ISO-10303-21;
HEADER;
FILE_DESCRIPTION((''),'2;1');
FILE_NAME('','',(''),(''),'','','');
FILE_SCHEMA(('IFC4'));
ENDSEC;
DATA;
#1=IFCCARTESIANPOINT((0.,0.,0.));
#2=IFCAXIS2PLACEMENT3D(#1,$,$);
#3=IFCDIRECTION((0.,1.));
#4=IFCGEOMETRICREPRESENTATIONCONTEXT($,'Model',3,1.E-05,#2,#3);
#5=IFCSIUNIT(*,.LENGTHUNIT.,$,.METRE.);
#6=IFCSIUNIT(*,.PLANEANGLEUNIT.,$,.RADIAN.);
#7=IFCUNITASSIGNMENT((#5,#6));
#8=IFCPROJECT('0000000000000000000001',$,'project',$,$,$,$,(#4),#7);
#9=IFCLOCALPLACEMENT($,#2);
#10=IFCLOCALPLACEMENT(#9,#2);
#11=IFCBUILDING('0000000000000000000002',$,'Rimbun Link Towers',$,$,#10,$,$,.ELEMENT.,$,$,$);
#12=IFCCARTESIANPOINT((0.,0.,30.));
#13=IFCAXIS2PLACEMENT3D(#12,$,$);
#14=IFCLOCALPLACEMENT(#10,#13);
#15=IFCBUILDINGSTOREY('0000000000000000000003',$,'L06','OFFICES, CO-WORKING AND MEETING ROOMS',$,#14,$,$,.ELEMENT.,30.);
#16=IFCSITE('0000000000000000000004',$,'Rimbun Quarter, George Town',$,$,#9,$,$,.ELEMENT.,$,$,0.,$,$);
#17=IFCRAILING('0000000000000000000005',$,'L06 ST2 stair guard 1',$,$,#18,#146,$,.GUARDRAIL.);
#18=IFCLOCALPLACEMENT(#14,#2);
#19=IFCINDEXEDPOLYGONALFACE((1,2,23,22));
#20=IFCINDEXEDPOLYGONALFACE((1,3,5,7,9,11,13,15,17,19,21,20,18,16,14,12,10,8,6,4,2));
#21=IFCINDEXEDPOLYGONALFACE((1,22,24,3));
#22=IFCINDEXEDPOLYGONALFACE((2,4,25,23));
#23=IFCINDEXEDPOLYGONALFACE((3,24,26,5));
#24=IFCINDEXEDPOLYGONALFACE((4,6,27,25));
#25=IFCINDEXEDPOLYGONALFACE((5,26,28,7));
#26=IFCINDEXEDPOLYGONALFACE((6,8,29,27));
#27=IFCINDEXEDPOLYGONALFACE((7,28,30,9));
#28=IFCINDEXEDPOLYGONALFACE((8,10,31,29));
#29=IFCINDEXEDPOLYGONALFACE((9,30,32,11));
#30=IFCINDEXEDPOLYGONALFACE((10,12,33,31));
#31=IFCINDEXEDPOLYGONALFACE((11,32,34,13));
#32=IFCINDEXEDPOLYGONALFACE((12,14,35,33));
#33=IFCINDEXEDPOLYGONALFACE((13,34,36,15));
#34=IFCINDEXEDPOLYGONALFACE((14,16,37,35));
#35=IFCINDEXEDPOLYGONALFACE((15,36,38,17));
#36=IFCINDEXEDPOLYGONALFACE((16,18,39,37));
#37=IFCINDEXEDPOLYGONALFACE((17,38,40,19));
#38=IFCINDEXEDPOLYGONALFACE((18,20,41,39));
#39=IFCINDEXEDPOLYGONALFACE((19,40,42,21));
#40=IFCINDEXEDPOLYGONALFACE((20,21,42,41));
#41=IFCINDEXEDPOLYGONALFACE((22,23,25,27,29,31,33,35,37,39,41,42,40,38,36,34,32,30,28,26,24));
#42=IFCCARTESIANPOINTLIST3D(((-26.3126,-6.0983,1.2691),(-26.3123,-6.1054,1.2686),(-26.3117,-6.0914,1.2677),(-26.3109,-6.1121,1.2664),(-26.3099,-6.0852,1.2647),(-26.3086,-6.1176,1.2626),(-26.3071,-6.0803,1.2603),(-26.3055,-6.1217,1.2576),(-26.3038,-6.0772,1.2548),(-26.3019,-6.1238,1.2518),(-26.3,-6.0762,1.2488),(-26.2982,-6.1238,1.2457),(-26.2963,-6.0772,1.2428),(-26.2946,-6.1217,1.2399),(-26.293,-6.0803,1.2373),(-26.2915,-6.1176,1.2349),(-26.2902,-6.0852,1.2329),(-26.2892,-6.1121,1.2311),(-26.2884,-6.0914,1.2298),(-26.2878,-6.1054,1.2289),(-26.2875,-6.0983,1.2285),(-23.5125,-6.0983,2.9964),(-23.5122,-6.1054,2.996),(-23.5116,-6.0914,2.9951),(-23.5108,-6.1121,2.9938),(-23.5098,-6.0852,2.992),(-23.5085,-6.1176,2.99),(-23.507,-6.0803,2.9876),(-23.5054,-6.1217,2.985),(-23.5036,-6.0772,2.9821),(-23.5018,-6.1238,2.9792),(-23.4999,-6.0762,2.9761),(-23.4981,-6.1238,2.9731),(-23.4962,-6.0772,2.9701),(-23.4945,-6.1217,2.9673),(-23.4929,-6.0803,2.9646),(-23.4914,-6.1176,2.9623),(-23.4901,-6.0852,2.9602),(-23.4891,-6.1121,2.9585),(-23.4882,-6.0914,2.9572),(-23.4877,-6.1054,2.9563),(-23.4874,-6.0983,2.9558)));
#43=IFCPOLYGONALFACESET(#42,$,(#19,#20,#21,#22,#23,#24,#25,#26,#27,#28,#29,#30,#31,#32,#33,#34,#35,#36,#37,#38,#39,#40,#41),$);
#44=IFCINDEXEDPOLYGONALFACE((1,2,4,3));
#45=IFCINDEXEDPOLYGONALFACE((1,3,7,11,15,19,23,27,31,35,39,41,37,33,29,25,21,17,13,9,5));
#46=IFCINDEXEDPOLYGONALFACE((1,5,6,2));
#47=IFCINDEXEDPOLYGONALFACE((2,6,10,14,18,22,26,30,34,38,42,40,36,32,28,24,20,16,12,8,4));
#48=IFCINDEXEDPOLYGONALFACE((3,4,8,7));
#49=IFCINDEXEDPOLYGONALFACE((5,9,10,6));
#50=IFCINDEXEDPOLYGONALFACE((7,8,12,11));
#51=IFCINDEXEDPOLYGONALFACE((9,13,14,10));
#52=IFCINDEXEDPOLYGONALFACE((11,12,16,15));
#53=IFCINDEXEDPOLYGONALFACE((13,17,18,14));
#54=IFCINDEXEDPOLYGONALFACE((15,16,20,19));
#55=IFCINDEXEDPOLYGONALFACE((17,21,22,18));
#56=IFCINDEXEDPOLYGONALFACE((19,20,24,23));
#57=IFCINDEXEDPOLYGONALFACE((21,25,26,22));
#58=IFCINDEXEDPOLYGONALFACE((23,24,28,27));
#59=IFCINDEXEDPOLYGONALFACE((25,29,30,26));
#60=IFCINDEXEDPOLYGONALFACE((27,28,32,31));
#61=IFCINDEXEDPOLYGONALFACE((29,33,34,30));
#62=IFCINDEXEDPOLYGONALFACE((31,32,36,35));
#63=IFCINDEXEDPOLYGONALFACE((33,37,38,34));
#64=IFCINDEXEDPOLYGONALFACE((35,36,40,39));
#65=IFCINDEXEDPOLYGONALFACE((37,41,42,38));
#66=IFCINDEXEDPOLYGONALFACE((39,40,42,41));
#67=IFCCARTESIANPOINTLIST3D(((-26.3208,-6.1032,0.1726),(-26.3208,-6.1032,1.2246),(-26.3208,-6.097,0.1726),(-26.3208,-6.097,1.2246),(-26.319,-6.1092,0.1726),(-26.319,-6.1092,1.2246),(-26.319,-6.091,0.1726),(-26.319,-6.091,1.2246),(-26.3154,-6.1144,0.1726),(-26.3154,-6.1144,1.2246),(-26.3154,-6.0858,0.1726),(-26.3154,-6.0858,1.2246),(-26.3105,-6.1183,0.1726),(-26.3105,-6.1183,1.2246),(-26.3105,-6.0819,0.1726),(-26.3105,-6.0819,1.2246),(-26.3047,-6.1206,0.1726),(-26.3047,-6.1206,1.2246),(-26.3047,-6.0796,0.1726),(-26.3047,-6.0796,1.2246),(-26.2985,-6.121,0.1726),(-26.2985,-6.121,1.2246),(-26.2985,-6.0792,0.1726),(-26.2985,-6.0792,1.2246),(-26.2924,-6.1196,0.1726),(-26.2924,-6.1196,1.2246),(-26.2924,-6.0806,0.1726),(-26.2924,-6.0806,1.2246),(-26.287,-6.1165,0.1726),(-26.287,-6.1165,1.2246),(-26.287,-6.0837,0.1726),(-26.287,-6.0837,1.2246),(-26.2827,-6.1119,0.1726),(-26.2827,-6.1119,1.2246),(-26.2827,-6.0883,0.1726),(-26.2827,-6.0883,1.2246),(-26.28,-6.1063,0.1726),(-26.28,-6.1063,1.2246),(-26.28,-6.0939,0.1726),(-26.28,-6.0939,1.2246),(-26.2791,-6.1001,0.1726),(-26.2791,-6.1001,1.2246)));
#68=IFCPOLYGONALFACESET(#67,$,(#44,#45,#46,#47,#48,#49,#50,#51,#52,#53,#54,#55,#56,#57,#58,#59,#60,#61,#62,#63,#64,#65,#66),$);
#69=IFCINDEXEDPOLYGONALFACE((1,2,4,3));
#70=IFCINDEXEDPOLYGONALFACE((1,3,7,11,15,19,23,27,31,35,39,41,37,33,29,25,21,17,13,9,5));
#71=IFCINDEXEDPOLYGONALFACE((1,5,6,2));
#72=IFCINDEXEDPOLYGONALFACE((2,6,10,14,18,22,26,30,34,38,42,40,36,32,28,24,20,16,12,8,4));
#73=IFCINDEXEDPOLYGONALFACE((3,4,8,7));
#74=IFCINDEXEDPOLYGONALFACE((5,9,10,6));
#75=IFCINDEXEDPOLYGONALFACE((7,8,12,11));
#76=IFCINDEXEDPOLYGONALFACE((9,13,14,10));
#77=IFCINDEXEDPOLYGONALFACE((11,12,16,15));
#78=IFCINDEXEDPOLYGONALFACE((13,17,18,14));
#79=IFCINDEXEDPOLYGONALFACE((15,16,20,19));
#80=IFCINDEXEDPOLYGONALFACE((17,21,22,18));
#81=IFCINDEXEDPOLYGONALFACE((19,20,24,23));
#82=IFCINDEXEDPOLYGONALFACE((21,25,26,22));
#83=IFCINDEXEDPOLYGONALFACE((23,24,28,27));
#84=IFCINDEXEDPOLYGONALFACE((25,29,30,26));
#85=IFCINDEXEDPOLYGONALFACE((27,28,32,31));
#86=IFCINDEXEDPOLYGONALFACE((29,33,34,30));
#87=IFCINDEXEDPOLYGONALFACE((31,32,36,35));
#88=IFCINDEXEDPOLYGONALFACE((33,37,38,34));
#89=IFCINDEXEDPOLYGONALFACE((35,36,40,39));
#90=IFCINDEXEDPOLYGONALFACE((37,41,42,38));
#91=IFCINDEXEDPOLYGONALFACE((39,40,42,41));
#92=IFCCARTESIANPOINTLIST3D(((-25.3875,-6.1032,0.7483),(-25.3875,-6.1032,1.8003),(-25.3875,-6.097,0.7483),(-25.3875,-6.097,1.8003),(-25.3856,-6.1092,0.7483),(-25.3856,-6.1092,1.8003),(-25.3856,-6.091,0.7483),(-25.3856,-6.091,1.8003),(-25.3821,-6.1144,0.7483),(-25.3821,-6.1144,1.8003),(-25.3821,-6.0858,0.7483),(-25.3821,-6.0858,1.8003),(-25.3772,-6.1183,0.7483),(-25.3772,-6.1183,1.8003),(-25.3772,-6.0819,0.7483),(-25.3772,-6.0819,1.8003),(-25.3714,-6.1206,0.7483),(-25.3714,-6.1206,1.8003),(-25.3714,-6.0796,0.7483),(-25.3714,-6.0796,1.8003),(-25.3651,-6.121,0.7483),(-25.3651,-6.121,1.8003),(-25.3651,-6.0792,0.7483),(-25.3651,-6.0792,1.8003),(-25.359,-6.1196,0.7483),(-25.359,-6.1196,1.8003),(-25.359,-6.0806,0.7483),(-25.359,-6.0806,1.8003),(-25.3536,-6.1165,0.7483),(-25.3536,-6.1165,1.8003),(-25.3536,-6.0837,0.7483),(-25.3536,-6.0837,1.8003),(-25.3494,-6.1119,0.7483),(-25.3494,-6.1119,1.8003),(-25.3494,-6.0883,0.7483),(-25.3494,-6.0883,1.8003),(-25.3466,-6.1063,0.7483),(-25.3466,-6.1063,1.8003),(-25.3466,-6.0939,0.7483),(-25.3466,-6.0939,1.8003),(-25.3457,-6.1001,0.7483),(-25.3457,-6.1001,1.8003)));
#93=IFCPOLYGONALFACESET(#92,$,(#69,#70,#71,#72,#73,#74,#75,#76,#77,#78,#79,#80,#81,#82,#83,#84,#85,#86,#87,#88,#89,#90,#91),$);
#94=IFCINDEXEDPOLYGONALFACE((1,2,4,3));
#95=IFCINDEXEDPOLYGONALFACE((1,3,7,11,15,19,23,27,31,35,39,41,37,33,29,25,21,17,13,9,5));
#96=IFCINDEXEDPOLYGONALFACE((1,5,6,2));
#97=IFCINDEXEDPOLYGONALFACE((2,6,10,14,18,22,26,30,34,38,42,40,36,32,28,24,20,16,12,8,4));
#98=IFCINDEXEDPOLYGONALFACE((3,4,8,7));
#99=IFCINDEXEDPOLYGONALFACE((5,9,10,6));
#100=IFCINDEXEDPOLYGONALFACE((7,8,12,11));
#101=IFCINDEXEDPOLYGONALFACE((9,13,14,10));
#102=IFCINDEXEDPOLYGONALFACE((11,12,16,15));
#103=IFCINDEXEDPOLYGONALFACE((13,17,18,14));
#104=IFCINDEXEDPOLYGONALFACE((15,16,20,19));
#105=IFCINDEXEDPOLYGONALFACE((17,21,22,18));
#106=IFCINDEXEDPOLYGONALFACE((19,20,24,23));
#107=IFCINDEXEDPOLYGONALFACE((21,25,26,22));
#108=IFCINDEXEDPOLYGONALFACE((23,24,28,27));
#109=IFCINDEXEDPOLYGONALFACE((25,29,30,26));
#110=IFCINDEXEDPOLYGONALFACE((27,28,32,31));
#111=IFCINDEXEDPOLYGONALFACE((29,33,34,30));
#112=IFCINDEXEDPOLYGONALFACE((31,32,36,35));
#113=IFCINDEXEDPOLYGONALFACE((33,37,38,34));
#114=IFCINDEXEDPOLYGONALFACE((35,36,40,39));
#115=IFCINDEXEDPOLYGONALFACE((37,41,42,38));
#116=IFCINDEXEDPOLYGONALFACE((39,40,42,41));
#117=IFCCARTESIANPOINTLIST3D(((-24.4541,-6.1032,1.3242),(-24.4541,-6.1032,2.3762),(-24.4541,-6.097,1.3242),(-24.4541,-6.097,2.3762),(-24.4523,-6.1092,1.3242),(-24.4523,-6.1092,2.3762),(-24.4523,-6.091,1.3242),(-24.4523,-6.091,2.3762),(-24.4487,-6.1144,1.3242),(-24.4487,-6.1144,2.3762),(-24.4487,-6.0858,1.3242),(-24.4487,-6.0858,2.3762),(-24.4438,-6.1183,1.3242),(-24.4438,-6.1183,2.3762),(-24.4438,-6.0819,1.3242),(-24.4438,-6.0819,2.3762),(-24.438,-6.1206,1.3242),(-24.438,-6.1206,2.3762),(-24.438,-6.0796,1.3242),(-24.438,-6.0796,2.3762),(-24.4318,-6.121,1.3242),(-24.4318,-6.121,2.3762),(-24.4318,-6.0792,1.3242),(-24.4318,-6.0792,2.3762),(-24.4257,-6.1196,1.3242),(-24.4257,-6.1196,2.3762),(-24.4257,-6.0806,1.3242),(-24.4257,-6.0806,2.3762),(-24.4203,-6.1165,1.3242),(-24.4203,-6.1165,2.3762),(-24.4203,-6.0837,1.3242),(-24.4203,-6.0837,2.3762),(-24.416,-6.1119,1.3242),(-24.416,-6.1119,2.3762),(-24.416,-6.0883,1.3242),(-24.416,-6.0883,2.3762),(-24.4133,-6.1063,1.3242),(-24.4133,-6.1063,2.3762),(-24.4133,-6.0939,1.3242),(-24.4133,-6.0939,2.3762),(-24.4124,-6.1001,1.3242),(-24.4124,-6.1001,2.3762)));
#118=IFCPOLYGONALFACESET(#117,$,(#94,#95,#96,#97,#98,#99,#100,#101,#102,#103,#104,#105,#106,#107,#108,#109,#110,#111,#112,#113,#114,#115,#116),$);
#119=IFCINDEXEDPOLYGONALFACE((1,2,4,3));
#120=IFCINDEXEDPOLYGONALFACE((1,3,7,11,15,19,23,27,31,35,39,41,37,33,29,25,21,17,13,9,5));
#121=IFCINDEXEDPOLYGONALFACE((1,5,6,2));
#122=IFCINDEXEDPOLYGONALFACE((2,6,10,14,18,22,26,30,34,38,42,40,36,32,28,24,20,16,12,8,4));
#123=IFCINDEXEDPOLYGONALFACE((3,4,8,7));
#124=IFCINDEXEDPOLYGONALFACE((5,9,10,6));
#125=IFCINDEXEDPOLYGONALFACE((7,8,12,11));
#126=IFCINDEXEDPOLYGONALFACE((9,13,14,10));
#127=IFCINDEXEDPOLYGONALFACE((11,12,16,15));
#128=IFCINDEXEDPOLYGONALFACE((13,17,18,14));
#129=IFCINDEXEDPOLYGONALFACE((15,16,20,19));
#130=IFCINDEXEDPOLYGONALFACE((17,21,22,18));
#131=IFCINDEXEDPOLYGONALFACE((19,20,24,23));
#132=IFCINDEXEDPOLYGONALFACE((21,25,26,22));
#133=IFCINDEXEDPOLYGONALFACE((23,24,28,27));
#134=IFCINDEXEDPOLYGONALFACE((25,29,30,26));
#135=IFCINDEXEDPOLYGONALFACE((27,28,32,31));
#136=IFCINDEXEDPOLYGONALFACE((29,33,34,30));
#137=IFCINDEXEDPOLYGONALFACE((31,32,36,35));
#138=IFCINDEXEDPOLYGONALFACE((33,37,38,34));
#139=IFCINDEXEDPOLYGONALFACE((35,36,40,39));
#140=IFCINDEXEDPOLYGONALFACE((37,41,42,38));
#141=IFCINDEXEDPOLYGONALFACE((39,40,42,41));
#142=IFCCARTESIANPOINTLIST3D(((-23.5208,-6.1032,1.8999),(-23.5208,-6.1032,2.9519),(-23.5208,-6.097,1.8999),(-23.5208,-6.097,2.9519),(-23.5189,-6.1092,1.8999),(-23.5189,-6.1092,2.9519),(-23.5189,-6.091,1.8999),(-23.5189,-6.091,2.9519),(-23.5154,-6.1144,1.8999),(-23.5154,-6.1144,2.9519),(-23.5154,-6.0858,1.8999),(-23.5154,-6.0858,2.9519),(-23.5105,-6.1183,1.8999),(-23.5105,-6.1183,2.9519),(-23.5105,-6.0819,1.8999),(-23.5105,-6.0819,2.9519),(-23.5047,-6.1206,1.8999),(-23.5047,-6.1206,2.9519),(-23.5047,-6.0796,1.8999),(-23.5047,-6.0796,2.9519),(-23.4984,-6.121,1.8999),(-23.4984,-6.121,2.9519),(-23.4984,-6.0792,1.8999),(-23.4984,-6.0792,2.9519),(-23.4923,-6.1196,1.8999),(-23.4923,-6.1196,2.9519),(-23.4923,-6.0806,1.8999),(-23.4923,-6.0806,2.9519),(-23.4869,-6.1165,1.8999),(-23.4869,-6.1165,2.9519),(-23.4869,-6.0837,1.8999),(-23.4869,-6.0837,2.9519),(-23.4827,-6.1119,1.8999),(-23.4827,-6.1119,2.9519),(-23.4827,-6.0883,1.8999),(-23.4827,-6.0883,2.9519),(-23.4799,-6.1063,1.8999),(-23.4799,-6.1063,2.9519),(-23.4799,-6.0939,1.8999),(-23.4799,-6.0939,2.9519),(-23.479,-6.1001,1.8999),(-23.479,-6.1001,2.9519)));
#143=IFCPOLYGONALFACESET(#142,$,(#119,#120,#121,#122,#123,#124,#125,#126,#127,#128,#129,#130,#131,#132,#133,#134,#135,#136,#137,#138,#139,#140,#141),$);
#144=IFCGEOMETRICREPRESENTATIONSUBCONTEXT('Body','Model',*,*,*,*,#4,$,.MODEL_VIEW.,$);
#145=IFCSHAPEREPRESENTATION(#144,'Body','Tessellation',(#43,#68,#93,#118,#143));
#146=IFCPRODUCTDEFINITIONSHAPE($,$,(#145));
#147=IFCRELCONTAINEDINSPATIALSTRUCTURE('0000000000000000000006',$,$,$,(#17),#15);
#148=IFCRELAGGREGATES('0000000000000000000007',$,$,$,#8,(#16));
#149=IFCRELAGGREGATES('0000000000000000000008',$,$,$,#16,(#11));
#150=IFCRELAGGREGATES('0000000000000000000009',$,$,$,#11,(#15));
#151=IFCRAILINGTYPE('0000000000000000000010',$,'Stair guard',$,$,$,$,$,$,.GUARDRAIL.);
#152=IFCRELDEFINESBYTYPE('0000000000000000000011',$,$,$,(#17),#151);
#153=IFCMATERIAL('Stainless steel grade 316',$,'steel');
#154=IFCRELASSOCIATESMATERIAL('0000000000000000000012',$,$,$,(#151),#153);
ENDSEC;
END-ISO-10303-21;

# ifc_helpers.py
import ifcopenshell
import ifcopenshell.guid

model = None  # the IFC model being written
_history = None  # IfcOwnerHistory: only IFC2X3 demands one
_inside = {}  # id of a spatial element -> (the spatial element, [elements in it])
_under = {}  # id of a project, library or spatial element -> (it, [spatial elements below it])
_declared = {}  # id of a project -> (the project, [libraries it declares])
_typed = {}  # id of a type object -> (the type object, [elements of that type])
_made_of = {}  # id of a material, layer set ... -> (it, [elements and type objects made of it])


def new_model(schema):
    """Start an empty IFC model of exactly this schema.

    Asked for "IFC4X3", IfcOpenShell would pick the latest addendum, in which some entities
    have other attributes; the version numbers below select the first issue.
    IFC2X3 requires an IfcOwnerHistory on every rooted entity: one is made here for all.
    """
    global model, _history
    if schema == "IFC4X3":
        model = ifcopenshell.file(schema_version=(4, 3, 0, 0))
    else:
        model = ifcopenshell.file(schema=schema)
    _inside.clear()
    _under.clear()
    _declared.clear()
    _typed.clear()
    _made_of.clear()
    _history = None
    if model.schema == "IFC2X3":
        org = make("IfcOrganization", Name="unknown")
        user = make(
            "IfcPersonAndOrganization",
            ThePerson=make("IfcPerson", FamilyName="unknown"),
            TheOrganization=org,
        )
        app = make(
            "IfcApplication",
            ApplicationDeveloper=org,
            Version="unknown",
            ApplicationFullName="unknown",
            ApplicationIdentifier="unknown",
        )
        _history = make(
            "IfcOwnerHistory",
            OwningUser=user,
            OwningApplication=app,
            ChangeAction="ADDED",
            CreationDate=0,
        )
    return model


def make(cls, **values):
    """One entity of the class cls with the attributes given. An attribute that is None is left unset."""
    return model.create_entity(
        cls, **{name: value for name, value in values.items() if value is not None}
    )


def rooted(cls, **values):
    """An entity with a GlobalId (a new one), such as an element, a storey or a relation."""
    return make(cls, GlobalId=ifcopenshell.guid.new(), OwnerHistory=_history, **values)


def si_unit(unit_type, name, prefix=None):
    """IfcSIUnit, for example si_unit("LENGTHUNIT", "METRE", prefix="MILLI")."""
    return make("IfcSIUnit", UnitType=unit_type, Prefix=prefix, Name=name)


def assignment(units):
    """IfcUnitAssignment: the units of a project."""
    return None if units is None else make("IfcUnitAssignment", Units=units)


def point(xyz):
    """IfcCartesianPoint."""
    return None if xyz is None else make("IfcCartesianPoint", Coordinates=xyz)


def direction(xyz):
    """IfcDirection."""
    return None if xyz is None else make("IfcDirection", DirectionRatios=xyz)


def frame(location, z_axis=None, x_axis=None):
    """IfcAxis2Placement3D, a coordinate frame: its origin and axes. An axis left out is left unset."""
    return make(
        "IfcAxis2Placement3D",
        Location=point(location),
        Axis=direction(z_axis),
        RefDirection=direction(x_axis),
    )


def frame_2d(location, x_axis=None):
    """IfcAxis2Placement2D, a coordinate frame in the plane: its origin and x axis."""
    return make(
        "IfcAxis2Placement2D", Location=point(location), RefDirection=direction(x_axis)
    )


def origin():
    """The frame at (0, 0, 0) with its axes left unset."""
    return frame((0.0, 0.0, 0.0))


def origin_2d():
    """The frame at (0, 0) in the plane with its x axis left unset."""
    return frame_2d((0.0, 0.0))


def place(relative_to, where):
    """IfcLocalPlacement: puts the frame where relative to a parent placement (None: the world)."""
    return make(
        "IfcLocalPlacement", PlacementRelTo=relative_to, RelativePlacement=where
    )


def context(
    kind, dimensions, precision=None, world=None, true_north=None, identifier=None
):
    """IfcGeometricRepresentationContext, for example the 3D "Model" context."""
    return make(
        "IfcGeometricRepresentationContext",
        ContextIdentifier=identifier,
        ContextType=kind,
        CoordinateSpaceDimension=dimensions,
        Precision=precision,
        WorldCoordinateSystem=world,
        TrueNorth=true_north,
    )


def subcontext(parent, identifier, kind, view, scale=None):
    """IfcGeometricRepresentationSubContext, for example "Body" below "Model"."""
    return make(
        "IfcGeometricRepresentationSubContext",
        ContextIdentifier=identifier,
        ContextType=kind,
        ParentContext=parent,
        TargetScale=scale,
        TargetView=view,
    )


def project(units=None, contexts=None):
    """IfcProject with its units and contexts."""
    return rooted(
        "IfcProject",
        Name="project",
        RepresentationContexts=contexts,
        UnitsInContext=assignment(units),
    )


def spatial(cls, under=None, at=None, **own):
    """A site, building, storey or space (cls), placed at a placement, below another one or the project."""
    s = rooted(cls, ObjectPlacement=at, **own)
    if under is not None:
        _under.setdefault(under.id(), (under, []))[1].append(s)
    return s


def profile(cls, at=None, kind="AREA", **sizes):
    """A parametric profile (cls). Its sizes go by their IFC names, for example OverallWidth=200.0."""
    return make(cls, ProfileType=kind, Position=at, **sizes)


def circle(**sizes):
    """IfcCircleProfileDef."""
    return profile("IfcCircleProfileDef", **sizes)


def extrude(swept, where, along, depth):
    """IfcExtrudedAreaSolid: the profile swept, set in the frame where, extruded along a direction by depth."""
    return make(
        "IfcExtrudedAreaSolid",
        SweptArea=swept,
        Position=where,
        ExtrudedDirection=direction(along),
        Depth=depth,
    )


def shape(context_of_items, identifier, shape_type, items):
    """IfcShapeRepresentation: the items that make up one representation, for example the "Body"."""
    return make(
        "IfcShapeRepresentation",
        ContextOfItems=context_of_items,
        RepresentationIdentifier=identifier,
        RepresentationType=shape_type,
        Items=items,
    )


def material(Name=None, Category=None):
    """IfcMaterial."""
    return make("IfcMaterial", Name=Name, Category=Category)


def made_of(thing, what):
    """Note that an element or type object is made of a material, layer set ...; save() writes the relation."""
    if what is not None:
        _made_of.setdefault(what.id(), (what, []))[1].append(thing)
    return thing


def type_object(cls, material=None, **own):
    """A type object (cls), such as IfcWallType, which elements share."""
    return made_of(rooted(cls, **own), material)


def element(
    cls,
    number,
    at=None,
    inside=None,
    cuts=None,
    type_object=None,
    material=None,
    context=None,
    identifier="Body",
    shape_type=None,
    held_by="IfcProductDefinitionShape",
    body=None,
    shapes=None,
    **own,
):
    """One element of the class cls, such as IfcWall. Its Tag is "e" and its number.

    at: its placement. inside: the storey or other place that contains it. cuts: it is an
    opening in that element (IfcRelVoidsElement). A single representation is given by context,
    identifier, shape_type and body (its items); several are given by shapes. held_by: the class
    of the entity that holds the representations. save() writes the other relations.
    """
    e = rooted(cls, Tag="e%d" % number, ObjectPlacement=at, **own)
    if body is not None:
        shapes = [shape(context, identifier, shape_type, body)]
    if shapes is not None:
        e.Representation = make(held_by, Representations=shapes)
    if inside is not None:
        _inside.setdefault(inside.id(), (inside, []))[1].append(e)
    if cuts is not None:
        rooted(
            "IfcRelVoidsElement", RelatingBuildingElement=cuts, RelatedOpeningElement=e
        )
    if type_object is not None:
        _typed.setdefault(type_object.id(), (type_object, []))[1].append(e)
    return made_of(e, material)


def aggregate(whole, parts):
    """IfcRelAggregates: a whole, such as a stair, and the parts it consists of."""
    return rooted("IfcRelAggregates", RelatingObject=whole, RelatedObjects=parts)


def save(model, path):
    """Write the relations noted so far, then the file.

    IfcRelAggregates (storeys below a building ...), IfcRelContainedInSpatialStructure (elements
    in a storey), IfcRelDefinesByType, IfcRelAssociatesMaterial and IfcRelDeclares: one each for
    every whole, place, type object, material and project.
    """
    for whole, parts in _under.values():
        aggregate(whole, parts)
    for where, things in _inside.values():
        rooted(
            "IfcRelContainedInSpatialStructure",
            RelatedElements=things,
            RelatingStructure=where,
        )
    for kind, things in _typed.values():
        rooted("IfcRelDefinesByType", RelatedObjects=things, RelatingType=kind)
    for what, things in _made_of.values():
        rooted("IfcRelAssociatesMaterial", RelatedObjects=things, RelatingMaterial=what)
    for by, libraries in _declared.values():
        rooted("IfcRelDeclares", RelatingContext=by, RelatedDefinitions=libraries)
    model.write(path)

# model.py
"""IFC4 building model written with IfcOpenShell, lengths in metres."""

from ifc_helpers import new_model, si_unit, direction, frame, origin, origin_2d, place, context, subcontext, project, spatial, circle, extrude, material, type_object, element, save


model = new_model("IFC4")

# Units and contexts
model_context = context("Model", 3, precision=1e-05, world=origin(), true_north=direction((0.0, 1.0)))
body_context = subcontext(model_context, "Body", "Model", "MODEL_VIEW")
ifc_project = project(units=[si_unit("LENGTHUNIT", "METRE"), si_unit("PLANEANGLEUNIT", "RADIAN")], contexts=[model_context])

# Site, building, storey
site_placement = place(None, origin())
site = spatial("IfcSite", under=ifc_project, at=site_placement, Name="Rimbun Quarter, George Town", CompositionType="ELEMENT", RefElevation=0.0)
building_placement = place(site_placement, origin())
building = spatial("IfcBuilding", under=site, at=building_placement, Name="Rimbun Link Towers", CompositionType="ELEMENT")
storey_placement = place(building_placement, frame((0.0, 0.0, 30.0)))
storey = spatial("IfcBuildingStorey", under=building, at=storey_placement, Name="L06", Description="OFFICES, CO-WORKING AND MEETING ROOMS", CompositionType="ELEMENT", Elevation=30.0)

# Railing
ifc_material_1 = material(Name="Stainless steel grade 316", Category="steel")
railing_type_1 = type_object("IfcRailingType", Name="Stair guard", PredefinedType="GUARDRAIL", material=ifc_material_1)
railing_1_placement = place(storey_placement, frame((-26.3, -6.1001, 0.1726)))
element("IfcRailing", 1, at=railing_1_placement, inside=storey, type_object=railing_type_1, Name="L06 ST2 stair guard 1", PredefinedType="GUARDRAIL", context=body_context, shape_type="SweptSolid", body=[
    extrude(circle(Radius=0.0239, at=origin_2d()), frame((0.0, 0.0, 1.0762), z_axis=(0.85109, 0.0, 0.52502), x_axis=(0.0, 1.0, 0.0)), (0.0, 0.0, 1.0), 3.29),
    extrude(circle(Radius=0.021, at=origin_2d()), origin(), (0.0, 0.0, 1.0), 1.052),
    extrude(circle(Radius=0.021, at=origin_2d()), frame((0.9333, 0.0, 0.5757)), (0.0, 0.0, 1.0), 1.052),
    extrude(circle(Radius=0.021, at=origin_2d()), frame((1.8667, 0.0, 1.1516)), (0.0, 0.0, 1.0), 1.052),
    extrude(circle(Radius=0.021, at=origin_2d()), frame((2.8, 0.0, 1.7273)), (0.0, 0.0, 1.0), 1.052),
])

save(model, "model.ifc")
